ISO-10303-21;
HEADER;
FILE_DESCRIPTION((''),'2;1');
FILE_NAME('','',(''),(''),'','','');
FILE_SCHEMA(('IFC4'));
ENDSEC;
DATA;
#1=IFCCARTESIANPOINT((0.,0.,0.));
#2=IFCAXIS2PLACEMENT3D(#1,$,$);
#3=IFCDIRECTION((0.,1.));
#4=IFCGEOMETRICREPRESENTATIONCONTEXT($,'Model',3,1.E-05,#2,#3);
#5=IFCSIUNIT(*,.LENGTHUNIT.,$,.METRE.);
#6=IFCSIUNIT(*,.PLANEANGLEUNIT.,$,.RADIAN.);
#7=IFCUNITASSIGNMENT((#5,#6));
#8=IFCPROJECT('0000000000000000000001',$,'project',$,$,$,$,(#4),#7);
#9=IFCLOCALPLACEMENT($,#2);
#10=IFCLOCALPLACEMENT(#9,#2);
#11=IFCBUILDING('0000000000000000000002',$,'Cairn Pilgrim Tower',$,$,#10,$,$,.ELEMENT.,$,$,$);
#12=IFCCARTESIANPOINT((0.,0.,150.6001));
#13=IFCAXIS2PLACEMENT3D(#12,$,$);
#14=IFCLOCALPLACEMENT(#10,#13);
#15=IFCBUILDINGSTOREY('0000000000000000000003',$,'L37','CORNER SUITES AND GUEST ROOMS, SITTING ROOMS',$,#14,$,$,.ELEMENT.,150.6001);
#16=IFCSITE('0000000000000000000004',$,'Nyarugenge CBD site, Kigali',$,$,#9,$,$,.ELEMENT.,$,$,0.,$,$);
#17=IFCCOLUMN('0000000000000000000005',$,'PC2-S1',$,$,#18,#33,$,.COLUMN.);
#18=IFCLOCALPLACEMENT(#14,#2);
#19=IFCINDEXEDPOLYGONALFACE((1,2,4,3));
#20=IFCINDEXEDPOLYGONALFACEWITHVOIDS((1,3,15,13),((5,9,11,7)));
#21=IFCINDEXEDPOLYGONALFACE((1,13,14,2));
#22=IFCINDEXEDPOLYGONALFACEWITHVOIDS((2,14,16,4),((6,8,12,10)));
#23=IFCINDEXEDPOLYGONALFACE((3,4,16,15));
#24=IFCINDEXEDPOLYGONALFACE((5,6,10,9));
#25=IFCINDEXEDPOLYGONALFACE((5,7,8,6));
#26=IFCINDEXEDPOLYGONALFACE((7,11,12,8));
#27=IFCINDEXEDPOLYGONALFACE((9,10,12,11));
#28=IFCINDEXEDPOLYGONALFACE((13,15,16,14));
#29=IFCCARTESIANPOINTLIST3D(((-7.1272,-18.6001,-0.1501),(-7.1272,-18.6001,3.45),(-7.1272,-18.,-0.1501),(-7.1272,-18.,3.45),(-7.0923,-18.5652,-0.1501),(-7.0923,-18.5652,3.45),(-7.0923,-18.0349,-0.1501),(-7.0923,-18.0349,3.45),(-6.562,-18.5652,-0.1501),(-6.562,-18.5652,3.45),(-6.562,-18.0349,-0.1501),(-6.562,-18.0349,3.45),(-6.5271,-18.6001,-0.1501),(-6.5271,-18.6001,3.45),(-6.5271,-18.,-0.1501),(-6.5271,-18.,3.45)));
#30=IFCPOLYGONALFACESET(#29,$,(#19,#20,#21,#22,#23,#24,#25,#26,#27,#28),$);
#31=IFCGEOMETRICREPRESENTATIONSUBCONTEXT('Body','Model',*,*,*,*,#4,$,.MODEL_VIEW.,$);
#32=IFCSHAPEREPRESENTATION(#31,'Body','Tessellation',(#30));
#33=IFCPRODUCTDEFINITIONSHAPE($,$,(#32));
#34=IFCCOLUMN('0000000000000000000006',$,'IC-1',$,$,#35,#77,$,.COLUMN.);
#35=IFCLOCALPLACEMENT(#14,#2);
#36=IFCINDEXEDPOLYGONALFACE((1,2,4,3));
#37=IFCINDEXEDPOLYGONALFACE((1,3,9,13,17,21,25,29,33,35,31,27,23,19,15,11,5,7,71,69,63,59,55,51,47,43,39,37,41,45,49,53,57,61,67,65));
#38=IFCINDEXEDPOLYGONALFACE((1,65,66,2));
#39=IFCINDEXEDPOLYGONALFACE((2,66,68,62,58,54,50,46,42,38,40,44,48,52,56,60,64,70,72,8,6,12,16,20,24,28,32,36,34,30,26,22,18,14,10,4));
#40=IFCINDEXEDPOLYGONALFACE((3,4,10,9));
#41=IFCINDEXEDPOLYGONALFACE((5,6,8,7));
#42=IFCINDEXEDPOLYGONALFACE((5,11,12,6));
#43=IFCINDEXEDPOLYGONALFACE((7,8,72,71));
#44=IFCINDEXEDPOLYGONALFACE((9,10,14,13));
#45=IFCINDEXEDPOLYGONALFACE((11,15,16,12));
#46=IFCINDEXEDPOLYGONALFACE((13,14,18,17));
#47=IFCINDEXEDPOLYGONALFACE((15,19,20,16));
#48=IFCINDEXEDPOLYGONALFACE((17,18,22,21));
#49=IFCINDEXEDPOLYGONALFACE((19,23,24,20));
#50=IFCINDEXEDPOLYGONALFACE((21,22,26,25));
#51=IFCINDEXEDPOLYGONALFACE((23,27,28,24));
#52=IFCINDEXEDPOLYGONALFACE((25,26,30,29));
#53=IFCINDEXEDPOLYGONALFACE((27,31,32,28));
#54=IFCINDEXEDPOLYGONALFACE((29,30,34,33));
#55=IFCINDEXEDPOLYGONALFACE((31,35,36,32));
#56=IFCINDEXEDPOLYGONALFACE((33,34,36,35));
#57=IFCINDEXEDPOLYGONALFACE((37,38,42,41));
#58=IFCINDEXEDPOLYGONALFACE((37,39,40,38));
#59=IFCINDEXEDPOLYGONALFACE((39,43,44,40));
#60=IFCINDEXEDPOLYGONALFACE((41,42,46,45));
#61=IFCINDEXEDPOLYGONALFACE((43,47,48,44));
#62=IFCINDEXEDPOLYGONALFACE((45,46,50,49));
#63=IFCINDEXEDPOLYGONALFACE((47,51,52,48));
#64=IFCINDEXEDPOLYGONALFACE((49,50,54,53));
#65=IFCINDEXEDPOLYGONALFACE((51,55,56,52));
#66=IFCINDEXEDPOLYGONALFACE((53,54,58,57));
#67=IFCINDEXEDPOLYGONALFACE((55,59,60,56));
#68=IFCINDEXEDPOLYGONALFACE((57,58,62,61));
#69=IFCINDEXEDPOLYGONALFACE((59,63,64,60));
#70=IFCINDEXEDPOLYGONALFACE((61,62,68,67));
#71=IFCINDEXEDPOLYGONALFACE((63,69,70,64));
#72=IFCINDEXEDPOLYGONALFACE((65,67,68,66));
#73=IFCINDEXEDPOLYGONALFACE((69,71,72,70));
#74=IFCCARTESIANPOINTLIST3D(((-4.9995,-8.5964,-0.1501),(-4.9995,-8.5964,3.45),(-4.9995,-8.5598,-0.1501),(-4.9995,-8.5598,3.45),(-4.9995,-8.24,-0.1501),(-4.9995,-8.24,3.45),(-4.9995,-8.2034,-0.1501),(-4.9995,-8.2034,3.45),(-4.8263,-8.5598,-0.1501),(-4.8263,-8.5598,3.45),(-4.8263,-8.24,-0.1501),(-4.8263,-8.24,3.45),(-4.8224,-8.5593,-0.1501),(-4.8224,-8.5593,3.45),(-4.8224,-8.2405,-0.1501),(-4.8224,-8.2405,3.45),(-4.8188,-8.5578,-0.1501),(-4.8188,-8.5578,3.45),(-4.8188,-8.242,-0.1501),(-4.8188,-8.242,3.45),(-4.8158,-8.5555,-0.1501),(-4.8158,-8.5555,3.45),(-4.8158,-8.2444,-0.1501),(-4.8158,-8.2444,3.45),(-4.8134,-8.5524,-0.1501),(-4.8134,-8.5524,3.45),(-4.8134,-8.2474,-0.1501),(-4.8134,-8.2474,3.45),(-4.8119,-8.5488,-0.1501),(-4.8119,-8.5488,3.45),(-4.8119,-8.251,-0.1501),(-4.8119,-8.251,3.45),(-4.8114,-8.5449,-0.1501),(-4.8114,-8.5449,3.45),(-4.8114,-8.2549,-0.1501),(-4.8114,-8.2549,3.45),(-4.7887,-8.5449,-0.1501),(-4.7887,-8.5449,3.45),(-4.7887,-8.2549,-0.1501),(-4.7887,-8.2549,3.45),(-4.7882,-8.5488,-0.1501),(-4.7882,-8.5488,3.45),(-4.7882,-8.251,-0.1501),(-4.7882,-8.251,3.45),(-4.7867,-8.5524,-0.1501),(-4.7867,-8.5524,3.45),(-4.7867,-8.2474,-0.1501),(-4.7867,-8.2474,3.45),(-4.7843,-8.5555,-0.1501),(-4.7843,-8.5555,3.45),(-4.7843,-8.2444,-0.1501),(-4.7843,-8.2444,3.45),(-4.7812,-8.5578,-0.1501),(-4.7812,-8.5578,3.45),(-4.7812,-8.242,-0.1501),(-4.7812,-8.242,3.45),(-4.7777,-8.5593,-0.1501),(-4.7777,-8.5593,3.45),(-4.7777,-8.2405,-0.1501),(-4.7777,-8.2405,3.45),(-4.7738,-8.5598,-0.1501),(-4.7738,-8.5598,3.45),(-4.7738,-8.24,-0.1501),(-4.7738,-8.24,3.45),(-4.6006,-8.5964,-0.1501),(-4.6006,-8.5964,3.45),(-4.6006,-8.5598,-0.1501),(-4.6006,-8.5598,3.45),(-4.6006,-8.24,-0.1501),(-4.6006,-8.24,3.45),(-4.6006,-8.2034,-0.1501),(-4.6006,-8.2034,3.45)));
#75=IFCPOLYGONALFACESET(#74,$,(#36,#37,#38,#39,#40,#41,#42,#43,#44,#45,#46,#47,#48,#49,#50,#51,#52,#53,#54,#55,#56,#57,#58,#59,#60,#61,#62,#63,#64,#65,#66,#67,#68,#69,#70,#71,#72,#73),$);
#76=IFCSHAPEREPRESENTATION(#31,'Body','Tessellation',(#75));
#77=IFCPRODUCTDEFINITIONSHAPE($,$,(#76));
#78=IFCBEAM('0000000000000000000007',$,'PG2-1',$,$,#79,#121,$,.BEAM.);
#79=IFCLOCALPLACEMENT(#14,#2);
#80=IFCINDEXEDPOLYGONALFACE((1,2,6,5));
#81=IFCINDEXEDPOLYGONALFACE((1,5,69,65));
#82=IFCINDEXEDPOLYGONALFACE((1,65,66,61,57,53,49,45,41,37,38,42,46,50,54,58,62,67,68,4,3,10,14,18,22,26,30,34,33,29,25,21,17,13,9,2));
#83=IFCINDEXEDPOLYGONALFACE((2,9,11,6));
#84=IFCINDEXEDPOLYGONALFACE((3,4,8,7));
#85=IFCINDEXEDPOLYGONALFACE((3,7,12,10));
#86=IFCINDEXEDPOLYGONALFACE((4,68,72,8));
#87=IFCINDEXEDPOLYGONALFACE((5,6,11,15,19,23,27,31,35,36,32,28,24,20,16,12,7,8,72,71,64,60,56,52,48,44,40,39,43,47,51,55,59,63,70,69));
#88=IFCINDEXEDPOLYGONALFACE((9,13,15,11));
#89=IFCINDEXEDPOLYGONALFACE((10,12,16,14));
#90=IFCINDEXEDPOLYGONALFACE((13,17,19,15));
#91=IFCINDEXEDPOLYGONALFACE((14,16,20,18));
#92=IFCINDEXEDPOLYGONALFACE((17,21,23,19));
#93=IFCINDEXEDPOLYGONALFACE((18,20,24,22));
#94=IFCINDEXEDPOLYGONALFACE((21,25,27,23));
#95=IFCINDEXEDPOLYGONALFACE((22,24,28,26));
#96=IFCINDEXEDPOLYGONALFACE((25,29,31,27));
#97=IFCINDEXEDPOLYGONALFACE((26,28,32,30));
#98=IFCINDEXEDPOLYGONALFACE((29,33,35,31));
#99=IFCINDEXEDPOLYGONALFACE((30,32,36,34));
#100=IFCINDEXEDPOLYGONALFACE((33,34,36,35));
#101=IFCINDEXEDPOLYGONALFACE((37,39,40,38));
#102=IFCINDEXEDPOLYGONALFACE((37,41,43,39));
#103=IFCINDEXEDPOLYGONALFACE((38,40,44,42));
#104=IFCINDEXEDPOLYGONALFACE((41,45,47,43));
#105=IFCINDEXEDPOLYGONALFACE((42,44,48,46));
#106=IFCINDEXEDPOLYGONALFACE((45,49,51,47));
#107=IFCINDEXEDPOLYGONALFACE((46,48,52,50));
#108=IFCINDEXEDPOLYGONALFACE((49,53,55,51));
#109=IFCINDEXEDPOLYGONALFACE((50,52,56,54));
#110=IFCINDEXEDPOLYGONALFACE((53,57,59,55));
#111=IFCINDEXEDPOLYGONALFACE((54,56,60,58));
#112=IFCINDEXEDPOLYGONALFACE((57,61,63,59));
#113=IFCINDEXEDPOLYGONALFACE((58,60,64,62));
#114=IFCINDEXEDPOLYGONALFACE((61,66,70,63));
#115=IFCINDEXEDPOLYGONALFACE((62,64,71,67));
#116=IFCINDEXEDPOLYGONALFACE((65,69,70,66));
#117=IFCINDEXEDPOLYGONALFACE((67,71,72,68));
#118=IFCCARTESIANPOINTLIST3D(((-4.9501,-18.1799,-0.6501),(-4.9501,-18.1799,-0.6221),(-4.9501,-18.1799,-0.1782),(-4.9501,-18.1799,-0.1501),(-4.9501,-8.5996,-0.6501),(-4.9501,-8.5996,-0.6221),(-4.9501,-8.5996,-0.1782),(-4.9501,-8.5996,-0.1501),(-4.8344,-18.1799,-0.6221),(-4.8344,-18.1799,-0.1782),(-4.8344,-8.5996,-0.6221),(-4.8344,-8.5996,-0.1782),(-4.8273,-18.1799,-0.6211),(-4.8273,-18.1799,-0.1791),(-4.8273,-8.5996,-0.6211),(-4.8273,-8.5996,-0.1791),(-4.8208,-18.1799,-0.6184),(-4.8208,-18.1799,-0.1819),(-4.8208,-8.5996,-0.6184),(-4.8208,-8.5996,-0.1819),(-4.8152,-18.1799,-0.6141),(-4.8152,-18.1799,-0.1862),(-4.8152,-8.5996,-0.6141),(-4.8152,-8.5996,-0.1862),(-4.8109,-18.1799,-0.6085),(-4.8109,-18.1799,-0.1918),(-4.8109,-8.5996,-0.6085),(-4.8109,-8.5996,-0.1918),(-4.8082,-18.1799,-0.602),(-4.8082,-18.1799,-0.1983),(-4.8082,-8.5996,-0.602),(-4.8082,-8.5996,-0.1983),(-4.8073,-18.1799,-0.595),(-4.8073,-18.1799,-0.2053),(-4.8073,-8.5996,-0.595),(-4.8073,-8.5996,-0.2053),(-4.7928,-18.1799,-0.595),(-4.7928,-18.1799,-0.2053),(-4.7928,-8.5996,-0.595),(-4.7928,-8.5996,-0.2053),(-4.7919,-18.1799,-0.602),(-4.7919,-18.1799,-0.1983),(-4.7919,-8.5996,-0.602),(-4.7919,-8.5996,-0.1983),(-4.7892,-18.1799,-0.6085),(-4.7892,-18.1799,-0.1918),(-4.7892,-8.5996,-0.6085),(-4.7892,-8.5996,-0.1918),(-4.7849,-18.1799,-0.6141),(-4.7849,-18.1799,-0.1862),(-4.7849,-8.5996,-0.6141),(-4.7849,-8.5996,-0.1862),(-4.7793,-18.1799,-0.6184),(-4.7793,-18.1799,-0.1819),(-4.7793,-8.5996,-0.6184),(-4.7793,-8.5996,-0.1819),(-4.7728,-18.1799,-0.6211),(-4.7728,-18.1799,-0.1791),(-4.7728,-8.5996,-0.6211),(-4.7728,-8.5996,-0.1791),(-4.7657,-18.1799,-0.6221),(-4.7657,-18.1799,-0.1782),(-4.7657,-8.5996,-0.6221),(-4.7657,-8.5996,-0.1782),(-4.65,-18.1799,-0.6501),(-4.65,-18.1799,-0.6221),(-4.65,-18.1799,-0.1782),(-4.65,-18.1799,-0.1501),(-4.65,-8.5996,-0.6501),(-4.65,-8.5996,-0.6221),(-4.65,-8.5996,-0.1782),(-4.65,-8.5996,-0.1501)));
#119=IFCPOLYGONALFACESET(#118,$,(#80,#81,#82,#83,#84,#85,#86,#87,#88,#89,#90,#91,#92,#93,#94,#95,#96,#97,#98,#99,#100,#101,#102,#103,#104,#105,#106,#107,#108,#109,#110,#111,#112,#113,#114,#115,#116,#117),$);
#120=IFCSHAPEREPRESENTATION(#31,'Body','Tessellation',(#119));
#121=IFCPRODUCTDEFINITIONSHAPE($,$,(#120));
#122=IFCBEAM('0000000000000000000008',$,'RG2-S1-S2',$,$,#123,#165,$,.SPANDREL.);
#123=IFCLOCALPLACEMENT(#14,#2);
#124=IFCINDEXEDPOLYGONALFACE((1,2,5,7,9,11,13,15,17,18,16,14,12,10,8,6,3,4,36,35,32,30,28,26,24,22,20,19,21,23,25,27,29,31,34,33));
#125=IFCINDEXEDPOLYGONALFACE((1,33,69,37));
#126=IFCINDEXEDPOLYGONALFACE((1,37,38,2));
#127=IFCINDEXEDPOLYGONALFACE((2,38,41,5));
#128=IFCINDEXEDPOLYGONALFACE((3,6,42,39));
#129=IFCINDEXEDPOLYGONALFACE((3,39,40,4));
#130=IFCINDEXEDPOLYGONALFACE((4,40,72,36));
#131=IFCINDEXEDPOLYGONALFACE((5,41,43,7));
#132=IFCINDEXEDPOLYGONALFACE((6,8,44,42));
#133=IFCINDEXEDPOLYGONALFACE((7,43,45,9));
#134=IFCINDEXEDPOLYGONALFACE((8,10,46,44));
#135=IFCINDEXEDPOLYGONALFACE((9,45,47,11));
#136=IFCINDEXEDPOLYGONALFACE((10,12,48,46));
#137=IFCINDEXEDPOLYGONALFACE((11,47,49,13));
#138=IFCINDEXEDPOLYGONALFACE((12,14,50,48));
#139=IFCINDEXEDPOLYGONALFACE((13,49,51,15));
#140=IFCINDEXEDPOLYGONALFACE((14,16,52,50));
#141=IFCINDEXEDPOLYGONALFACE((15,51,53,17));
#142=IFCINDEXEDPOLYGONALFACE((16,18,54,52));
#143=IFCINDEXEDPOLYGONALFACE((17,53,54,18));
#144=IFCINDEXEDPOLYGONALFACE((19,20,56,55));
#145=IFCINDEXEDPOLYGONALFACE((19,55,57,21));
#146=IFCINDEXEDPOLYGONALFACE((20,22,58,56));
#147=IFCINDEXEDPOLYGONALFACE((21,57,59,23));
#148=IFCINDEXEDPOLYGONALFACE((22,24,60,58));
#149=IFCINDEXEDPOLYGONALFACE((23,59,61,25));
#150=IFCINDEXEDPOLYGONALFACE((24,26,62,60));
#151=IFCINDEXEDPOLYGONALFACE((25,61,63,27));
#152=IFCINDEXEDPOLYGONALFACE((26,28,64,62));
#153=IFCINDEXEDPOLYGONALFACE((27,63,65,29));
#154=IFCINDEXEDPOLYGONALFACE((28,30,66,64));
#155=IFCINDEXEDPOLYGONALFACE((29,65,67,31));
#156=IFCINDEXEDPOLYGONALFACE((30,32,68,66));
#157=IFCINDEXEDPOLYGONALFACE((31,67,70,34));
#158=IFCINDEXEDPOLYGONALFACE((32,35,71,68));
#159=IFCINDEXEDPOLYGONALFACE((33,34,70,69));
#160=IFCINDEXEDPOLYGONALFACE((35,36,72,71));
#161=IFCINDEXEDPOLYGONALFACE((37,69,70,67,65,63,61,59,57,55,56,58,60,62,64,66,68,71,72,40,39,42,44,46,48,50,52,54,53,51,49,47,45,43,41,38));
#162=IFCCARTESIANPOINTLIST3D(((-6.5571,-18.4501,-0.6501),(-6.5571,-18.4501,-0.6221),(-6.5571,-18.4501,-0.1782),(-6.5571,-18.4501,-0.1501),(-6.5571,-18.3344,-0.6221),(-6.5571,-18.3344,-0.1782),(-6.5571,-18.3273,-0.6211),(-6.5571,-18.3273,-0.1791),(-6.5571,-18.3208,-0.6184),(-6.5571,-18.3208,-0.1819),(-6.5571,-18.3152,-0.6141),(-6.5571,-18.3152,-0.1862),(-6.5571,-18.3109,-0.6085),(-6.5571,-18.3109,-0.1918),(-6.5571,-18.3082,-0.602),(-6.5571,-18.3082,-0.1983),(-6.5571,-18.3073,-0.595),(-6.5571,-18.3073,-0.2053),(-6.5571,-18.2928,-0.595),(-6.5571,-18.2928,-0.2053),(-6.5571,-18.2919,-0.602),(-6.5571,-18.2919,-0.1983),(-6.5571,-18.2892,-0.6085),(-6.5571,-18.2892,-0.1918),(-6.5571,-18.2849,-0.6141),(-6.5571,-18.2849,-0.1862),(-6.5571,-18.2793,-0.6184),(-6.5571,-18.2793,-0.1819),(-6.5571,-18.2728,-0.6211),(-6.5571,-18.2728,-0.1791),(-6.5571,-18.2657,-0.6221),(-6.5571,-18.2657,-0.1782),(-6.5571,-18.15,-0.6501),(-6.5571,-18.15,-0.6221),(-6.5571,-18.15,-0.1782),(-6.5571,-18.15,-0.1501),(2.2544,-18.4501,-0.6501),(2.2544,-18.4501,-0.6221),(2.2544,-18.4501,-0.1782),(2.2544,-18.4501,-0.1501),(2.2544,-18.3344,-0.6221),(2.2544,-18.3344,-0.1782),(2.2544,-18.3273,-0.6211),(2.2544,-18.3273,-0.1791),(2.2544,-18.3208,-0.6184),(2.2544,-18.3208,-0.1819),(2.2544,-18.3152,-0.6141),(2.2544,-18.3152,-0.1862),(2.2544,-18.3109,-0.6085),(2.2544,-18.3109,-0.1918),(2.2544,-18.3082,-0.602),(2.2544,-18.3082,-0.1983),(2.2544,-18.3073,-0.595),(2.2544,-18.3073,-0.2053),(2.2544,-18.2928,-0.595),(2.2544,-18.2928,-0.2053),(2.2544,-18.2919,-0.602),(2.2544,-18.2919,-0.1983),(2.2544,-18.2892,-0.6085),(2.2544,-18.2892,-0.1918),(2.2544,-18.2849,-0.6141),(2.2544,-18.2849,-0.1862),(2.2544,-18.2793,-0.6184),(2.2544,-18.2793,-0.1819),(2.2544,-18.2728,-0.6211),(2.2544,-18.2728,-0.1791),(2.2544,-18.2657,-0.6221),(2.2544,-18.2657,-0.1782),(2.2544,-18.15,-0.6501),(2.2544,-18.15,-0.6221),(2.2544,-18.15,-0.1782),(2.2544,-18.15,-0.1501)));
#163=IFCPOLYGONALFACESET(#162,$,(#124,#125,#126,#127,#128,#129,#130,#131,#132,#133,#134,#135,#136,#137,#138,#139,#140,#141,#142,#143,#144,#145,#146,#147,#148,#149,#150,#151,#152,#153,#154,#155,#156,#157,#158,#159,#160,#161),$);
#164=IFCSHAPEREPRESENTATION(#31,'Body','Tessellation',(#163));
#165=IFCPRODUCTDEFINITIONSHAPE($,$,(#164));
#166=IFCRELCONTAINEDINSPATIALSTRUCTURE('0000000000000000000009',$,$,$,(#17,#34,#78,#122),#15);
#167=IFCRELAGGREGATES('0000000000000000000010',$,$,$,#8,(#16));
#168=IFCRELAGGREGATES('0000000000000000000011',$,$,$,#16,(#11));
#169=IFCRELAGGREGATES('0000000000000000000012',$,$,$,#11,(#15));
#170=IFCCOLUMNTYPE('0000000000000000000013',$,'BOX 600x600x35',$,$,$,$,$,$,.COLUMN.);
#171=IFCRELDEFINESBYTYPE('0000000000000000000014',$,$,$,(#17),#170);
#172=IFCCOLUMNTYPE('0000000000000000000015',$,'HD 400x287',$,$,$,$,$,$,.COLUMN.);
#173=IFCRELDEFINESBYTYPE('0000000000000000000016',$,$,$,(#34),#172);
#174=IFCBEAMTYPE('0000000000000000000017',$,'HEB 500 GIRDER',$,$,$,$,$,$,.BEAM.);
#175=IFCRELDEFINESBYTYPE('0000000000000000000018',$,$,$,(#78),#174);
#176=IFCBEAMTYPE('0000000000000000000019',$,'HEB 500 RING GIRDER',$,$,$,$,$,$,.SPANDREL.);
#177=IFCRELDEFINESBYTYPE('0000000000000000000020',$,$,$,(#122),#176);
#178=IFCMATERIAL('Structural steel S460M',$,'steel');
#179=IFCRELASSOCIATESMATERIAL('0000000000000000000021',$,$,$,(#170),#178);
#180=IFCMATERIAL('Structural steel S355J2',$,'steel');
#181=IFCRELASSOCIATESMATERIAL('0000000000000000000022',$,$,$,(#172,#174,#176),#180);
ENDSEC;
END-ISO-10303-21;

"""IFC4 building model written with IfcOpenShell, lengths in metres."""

from ifc_helpers import new_model, si_unit, direction, frame, origin, origin_2d, place, context, subcontext, project, spatial, hollow_rectangle, i_section, extrude, material, material_profile, profile_set, type_object, element, save


model = new_model("IFC4")

# Units and contexts
model_context = context("Model", 3, precision=1e-05, world=origin(), true_north=direction((0.0, 1.0)))
body_context = subcontext(model_context, "Body", "Model", "MODEL_VIEW")
ifc_project = project(units=[si_unit("LENGTHUNIT", "METRE"), si_unit("PLANEANGLEUNIT", "RADIAN")], contexts=[model_context])

# Site, building, storey
site_placement = place(None, origin())
site = spatial("IfcSite", under=ifc_project, at=site_placement, Name="Nyarugenge CBD site, Kigali", CompositionType="ELEMENT", RefElevation=0.0)
building_placement = place(site_placement, origin())
building = spatial("IfcBuilding", under=site, at=building_placement, Name="Cairn Pilgrim Tower", CompositionType="ELEMENT")
storey_placement = place(building_placement, frame((0.0, 0.0, 150.6001)))
storey = spatial("IfcBuildingStorey", under=building, at=storey_placement, Name="L37", Description="CORNER SUITES AND GUEST ROOMS, SITTING ROOMS", CompositionType="ELEMENT", Elevation=150.6001)

# Columns
ifc_material_1 = material(Name="Structural steel S460M", Category="steel")
ifc_material_profile_1 = material_profile(ifc_material_1, hollow_rectangle(XDim=0.6001, YDim=0.6001, WallThickness=0.0349, at=origin_2d()), Name="BOX 600x600x35")
ifc_profile_set_1 = profile_set([ifc_material_profile_1], Name="Structural steel S460M")
column_type_1 = type_object("IfcColumnType", Name="BOX 600x600x35", PredefinedType="COLUMN", material=ifc_profile_set_1)
column_1_placement = place(storey_placement, frame((-6.8271, -18.3, -0.1501), z_axis=(0.0, 0.0, 1.0), x_axis=(1.0, 0.0, 0.0)))
element("IfcColumn", 1, at=column_1_placement, inside=storey, type_object=column_type_1, Name="PC2-S1", PredefinedType="COLUMN", context=body_context, shape_type="SweptSolid", body=[
    extrude(hollow_rectangle(XDim=0.6001, YDim=0.6001, WallThickness=0.0349, at=origin_2d()), origin(), (0.0, 0.0, 1.0), 3.6001),
])
ifc_material_2 = material(Name="Structural steel S355J2", Category="steel")
ifc_material_profile_2 = material_profile(ifc_material_2, i_section(OverallWidth=0.3989, OverallDepth=0.3931, WebThickness=0.0227, FlangeThickness=0.0366, FilletRadius=0.0149, at=origin_2d()), Name="HD 400x287")
ifc_profile_set_2 = profile_set([ifc_material_profile_2], Name="Structural steel S355J2")
column_type_2 = type_object("IfcColumnType", Name="HD 400x287", PredefinedType="COLUMN", material=ifc_profile_set_2)
column_2_placement = place(storey_placement, frame((-4.8, -8.3999, -0.1501), z_axis=(0.0, 0.0, 1.0), x_axis=(1.0, 0.0, 0.0)))
element("IfcColumn", 2, at=column_2_placement, inside=storey, type_object=column_type_2, Name="IC-1", PredefinedType="COLUMN", context=body_context, shape_type="SweptSolid", body=[
    extrude(i_section(OverallWidth=0.3989, OverallDepth=0.3931, WebThickness=0.0227, FlangeThickness=0.0366, FilletRadius=0.0149, at=origin_2d()), origin(), (0.0, 0.0, 1.0), 3.6001),
])

# Beams
ifc_material_profile_3 = material_profile(ifc_material_2, i_section(OverallWidth=0.3, OverallDepth=0.5, WebThickness=0.0144, FlangeThickness=0.0281, FilletRadius=0.0271, at=origin_2d()), Name="HEB 500")
ifc_profile_set_3 = profile_set([ifc_material_profile_3], Name="Structural steel S355J2")
beam_type_1 = type_object("IfcBeamType", Name="HEB 500 GIRDER", PredefinedType="BEAM", material=ifc_profile_set_3)
beam_1_placement = place(storey_placement, frame((-4.8, -18.1799, -0.4001), z_axis=(0.0, 1.0, 0.0), x_axis=(-1.0, 0.0, 0.0)))
element("IfcBeam", 3, at=beam_1_placement, inside=storey, type_object=beam_type_1, Name="PG2-1", PredefinedType="BEAM", context=body_context, shape_type="SweptSolid", body=[
    extrude(i_section(OverallWidth=0.3, OverallDepth=0.5, WebThickness=0.0144, FlangeThickness=0.0281, FilletRadius=0.0271, at=origin_2d()), origin(), (0.0, 0.0, 1.0), 9.5803),
])
ifc_material_profile_4 = material_profile(ifc_material_2, i_section(OverallWidth=0.3, OverallDepth=0.5, WebThickness=0.0144, FlangeThickness=0.0281, FilletRadius=0.0271, at=origin_2d()), Name="HEB 500")
ifc_profile_set_4 = profile_set([ifc_material_profile_4], Name="Structural steel S355J2")
beam_type_2 = type_object("IfcBeamType", Name="HEB 500 RING GIRDER", PredefinedType="SPANDREL", material=ifc_profile_set_4)
beam_2_placement = place(storey_placement, frame((-6.5571, -18.3, -0.4001), z_axis=(1.0, 0.0, 0.0), x_axis=(0.0, 1.0, 0.0)))
element("IfcBeam", 4, at=beam_2_placement, inside=storey, type_object=beam_type_2, Name="RG2-S1-S2", PredefinedType="SPANDREL", context=body_context, shape_type="SweptSolid", body=[
    extrude(i_section(OverallWidth=0.3, OverallDepth=0.5, WebThickness=0.0144, FlangeThickness=0.0281, FilletRadius=0.0271, at=origin_2d()), origin(), (0.0, 0.0, 1.0), 8.8115),
])

save(model, "model.ifc")
